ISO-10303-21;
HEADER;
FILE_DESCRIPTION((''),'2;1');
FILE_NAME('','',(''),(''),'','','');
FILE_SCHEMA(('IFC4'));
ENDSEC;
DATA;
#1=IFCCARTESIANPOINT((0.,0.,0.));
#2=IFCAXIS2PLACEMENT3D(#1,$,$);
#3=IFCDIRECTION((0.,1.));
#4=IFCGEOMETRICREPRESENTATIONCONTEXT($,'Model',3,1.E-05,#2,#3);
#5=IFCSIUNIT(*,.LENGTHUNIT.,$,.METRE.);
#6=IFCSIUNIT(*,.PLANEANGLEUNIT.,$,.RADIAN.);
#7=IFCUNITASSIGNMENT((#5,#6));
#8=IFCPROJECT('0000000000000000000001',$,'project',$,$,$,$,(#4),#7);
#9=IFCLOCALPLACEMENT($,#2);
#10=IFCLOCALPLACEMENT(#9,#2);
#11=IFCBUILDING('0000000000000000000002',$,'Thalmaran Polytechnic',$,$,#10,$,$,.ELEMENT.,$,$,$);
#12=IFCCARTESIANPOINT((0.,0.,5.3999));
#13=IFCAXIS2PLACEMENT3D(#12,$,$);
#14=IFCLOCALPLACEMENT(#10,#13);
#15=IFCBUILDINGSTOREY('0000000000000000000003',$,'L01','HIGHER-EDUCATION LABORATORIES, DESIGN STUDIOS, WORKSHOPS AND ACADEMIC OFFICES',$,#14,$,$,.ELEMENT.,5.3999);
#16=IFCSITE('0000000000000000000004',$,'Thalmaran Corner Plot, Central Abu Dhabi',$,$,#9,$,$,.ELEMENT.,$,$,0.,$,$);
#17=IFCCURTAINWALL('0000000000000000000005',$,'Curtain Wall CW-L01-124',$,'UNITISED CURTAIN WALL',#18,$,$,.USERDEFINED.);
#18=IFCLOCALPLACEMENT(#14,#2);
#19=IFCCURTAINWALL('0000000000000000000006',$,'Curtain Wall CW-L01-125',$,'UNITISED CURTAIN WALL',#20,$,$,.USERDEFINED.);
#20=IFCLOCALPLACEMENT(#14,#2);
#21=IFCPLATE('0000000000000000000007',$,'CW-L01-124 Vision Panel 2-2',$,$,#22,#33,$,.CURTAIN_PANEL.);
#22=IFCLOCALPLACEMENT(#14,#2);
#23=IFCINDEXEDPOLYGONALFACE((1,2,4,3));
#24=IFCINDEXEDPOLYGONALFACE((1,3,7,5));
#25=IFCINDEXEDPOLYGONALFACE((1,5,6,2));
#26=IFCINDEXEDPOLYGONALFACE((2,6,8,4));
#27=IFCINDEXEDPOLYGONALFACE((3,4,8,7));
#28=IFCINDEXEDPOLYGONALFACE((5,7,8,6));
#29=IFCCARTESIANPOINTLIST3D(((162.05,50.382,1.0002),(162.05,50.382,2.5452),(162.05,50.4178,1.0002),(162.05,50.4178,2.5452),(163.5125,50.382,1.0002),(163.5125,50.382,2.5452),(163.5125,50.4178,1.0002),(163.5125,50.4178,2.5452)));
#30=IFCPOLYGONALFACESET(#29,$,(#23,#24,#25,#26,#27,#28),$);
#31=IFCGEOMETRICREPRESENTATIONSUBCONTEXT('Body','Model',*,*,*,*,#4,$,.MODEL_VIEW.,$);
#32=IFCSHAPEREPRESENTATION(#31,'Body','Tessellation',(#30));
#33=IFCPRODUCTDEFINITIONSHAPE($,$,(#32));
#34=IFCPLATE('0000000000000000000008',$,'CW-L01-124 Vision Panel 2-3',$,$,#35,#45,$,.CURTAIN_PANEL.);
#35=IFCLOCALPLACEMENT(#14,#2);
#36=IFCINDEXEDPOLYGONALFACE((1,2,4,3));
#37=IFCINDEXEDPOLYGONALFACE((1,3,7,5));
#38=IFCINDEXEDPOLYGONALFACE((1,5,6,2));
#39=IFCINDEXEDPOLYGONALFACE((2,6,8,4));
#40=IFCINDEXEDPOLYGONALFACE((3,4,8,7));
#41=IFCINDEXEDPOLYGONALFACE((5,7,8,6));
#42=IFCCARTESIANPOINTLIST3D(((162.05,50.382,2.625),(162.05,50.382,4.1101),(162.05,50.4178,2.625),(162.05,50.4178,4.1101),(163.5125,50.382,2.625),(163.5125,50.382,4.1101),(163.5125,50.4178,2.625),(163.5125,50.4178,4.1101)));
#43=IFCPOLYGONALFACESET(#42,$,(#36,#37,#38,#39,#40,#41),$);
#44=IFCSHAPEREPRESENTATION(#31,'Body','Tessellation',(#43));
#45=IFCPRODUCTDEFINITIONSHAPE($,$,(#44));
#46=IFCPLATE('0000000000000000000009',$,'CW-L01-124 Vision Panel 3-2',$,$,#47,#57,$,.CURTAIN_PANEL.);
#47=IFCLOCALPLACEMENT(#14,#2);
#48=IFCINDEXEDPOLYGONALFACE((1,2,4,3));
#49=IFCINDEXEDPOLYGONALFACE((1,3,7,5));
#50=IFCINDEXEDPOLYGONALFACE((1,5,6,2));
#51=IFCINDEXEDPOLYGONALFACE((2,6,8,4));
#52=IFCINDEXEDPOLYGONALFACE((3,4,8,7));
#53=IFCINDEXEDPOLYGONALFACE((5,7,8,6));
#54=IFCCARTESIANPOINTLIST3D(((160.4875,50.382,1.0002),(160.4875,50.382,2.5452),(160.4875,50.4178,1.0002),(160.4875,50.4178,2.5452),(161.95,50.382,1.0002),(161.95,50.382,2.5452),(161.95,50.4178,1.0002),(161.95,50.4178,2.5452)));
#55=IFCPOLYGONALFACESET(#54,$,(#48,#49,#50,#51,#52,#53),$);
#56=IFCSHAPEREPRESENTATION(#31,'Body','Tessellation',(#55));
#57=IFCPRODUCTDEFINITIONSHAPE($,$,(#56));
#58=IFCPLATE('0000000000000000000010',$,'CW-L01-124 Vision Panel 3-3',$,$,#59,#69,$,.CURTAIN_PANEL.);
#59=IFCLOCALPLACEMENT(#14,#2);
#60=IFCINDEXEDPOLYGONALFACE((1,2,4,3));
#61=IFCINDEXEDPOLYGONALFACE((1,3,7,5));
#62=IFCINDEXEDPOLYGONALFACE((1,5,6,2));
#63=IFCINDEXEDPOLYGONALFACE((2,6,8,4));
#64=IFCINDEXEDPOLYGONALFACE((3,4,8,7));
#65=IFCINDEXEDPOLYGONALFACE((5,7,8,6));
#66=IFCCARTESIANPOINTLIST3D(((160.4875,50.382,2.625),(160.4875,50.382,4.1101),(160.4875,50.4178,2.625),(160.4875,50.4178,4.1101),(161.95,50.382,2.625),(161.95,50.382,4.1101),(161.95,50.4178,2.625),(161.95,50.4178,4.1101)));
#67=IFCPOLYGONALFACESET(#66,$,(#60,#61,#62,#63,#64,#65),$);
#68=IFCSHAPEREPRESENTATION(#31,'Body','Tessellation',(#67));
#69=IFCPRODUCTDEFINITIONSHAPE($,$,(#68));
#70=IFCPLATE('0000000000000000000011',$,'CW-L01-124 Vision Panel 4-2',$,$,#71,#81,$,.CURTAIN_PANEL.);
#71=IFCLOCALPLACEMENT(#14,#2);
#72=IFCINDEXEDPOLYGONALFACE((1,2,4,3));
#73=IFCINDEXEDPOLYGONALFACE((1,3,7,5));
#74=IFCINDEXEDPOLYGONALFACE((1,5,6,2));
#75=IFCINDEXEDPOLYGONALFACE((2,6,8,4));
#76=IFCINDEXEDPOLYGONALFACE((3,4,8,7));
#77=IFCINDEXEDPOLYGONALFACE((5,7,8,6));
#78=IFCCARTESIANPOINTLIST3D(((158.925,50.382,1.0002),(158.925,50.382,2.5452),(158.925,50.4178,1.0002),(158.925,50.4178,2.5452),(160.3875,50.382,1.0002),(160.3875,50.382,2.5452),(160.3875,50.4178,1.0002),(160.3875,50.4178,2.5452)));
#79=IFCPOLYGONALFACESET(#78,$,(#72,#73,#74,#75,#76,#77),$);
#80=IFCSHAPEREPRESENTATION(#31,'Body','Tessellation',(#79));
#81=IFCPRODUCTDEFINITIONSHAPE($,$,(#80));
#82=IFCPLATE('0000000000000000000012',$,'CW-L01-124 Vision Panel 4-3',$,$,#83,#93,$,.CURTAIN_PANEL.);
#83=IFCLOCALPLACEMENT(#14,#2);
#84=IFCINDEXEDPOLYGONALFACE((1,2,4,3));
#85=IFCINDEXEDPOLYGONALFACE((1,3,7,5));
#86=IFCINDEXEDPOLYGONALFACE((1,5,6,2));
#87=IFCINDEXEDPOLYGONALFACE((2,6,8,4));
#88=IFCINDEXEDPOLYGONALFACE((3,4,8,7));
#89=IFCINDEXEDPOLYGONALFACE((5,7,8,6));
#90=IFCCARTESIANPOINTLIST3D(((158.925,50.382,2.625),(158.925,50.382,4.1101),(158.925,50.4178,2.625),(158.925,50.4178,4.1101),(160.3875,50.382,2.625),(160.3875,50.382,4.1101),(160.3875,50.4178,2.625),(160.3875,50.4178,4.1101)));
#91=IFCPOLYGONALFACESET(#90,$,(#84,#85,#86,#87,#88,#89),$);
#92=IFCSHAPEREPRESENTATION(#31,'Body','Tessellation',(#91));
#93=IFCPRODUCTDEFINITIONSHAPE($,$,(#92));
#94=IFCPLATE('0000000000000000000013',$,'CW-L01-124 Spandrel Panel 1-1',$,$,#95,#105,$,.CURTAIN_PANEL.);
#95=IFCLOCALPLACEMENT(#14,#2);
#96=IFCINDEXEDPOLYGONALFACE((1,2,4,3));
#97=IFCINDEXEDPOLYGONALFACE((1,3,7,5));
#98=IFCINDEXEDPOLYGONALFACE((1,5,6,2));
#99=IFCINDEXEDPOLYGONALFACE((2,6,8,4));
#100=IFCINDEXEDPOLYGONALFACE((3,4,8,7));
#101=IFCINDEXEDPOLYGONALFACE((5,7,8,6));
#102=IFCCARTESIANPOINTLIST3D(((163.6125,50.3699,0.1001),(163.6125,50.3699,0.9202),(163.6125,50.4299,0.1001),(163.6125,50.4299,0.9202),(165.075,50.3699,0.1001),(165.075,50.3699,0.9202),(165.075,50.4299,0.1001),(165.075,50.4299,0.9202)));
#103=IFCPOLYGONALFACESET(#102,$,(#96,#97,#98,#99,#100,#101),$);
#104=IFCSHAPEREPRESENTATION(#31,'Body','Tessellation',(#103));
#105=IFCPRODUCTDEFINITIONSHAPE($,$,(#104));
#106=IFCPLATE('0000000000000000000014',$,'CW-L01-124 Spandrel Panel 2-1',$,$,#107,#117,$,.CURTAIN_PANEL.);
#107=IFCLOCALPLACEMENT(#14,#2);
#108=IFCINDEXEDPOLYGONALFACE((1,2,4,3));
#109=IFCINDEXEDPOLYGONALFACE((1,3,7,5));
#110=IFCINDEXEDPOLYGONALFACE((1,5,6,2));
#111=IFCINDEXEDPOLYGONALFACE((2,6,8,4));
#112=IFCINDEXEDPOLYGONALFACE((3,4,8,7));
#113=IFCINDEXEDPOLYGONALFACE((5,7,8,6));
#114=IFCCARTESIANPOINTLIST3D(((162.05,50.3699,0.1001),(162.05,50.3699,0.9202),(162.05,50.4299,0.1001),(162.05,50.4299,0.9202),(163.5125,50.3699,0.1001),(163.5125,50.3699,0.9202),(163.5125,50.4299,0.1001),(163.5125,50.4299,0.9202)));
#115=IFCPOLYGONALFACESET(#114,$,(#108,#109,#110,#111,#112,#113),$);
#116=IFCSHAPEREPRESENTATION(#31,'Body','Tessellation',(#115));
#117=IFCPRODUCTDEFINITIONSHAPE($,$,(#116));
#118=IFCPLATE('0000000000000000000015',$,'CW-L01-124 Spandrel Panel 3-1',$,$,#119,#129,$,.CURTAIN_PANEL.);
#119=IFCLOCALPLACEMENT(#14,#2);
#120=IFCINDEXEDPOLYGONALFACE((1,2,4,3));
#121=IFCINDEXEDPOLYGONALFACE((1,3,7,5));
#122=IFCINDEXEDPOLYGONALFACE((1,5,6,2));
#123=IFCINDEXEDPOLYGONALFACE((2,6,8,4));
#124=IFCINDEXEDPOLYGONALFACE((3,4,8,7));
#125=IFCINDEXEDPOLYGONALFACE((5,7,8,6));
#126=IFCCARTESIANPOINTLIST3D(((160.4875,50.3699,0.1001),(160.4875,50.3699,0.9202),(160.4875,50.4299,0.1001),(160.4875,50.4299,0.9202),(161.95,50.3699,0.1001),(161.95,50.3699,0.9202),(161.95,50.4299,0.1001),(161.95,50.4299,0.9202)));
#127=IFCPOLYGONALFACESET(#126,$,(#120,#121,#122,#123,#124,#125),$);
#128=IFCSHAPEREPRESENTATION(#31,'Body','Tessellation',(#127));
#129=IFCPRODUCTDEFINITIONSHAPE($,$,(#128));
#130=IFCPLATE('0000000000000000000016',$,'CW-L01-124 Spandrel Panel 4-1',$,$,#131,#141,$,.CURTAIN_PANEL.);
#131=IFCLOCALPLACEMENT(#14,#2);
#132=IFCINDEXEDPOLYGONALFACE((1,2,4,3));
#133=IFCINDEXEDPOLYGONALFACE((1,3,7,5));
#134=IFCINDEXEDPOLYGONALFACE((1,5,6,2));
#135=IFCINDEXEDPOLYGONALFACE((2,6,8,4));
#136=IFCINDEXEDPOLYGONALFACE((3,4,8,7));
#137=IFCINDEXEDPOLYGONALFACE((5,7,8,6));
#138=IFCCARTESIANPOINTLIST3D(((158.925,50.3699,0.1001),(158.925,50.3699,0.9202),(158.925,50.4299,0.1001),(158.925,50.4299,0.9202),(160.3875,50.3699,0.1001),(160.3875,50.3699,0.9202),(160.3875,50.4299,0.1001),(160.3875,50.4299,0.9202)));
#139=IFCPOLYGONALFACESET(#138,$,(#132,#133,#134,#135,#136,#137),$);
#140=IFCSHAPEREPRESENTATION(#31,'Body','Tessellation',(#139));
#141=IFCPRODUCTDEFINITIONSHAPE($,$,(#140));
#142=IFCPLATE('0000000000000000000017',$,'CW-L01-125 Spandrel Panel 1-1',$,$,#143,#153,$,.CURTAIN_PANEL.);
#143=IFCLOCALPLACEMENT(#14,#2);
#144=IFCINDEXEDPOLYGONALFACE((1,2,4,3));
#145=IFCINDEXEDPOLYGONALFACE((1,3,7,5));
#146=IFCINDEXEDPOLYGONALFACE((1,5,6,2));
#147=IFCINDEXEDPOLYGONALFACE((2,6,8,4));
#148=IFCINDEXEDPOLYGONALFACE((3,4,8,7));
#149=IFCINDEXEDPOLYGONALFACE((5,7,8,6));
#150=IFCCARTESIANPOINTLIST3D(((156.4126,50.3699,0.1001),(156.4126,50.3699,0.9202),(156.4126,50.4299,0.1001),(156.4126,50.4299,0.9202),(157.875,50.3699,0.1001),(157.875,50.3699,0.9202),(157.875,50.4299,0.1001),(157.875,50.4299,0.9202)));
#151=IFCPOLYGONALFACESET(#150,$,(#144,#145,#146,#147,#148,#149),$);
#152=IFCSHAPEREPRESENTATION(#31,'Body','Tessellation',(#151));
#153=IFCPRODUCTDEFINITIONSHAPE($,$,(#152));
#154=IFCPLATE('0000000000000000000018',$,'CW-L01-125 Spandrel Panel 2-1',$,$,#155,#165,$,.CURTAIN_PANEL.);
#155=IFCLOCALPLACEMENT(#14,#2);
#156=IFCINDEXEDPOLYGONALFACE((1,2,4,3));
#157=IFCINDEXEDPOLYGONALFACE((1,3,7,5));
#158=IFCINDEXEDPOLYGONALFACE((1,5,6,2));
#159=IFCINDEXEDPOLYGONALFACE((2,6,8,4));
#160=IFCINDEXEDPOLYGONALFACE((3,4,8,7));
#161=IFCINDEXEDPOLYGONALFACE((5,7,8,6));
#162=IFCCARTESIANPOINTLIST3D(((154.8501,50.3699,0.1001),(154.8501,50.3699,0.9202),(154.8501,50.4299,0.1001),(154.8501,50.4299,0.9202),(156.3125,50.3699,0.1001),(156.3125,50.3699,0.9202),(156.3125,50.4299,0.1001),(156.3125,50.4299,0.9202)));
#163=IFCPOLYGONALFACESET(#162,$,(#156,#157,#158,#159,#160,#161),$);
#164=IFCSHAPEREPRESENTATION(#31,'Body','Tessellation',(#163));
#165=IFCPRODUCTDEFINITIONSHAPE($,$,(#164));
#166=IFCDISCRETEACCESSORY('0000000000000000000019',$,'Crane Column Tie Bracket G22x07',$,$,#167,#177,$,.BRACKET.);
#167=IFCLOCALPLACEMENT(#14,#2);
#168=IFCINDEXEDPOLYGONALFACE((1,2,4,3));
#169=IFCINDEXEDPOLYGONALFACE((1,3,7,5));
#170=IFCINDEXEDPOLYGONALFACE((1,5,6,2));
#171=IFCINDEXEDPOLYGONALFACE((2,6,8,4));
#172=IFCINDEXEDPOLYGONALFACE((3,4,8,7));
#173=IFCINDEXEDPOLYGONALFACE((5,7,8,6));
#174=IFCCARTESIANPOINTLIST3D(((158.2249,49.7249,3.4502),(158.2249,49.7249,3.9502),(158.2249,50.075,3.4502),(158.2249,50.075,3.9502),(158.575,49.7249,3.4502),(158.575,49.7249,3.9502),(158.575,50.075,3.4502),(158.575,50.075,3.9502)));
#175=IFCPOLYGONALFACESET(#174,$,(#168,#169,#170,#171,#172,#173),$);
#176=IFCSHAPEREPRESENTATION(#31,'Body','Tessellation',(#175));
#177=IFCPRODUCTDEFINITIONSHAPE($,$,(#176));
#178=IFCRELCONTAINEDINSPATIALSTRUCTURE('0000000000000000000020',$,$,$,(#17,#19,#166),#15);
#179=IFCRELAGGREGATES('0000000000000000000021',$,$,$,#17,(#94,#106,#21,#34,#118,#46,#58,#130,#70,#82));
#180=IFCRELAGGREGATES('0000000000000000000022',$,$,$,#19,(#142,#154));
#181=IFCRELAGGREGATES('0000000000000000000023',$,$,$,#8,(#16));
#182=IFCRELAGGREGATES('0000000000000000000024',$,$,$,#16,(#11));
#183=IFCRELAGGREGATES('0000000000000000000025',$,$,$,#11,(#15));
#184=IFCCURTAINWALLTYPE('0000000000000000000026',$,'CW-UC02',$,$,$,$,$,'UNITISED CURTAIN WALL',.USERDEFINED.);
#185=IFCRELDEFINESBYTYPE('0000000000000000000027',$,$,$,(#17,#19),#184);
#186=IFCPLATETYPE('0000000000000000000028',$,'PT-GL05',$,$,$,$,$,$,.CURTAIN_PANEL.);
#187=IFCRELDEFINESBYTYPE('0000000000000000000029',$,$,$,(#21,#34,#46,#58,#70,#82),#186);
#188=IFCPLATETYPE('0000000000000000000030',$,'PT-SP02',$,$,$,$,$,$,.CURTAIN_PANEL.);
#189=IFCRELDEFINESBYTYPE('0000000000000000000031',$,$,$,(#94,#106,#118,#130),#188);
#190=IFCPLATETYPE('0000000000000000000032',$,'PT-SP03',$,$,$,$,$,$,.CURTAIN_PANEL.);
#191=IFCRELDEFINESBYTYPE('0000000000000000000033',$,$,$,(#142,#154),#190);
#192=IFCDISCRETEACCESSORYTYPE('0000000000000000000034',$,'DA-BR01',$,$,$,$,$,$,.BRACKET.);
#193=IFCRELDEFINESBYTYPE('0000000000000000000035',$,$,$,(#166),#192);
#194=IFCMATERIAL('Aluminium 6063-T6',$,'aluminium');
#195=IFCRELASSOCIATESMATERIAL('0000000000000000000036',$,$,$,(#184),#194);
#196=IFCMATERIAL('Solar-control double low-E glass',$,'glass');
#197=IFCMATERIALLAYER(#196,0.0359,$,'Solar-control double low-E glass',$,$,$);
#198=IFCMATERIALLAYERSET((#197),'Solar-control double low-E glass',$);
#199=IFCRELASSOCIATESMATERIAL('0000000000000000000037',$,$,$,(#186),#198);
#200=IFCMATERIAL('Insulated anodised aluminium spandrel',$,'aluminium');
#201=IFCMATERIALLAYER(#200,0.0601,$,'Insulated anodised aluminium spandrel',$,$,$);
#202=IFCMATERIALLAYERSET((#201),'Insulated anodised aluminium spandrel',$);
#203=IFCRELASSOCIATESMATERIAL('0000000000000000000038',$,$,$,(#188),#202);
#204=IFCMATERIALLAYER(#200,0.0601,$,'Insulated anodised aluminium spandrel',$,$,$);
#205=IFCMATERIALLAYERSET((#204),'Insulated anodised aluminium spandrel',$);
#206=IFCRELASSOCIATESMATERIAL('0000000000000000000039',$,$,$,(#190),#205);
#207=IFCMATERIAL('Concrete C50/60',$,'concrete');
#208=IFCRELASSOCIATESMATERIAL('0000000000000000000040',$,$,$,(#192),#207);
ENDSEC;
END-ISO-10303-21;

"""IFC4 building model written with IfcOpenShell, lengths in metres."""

from ifc_helpers import new_model, si_unit, direction, frame, origin, origin_2d, place, context, subcontext, project, spatial, rectangle, extrude, material, layer, layer_set, type_object, element, aggregate, save


model = new_model("IFC4")

# Units and contexts
model_context = context("Model", 3, precision=1e-05, world=origin(), true_north=direction((0.0, 1.0)))
body_context = subcontext(model_context, "Body", "Model", "MODEL_VIEW")
ifc_project = project(units=[si_unit("LENGTHUNIT", "METRE"), si_unit("PLANEANGLEUNIT", "RADIAN")], contexts=[model_context])

# Site, building, storey
site_placement = place(None, origin())
site = spatial("IfcSite", under=ifc_project, at=site_placement, Name="Thalmaran Corner Plot, Central Abu Dhabi", CompositionType="ELEMENT", RefElevation=0.0)
building_placement = place(site_placement, origin())
building = spatial("IfcBuilding", under=site, at=building_placement, Name="Thalmaran Polytechnic", CompositionType="ELEMENT")
storey_placement = place(building_placement, frame((0.0, 0.0, 5.3999)))
storey = spatial("IfcBuildingStorey", under=building, at=storey_placement, Name="L01", Description="HIGHER-EDUCATION LABORATORIES, DESIGN STUDIOS, WORKSHOPS AND ACADEMIC OFFICES", CompositionType="ELEMENT", Elevation=5.3999)

# Shared definitions
ifc_material_1 = material(Name="Concrete C50/60", Category="concrete")

# Curtain walls
ifc_material_2 = material(Name="Aluminium 6063-T6", Category="aluminium")
curtain_wall_type = type_object("IfcCurtainWallType", Name="CW-UC02", ElementType="UNITISED CURTAIN WALL", PredefinedType="USERDEFINED", material=ifc_material_2)
curtain_wall_1_placement = place(storey_placement, origin())
curtain_wall_1 = element("IfcCurtainWall", 1, at=curtain_wall_1_placement, inside=storey, type_object=curtain_wall_type, Name="Curtain Wall CW-L01-124", ObjectType="UNITISED CURTAIN WALL", PredefinedType="USERDEFINED")
curtain_wall_2_placement = place(storey_placement, origin())
curtain_wall_2 = element("IfcCurtainWall", 2, at=curtain_wall_2_placement, inside=storey, type_object=curtain_wall_type, Name="Curtain Wall CW-L01-125", ObjectType="UNITISED CURTAIN WALL", PredefinedType="USERDEFINED")

# Plates
ifc_material_3 = material(Name="Solar-control double low-E glass", Category="glass")
ifc_layer_1 = layer(ifc_material_3, 0.0359, Name="Solar-control double low-E glass")
ifc_layer_set_1 = layer_set([ifc_layer_1], Name="Solar-control double low-E glass")
plate_type_1 = type_object("IfcPlateType", Name="PT-GL05", PredefinedType="CURTAIN_PANEL", material=ifc_layer_set_1)
plate_1_placement = place(storey_placement, frame((162.7812, 50.3999, 1.0002), z_axis=(0.0, 0.0, 1.0), x_axis=(-1.0, 0.0, 0.0)))
plate_1 = element("IfcPlate", 3, at=plate_1_placement, type_object=plate_type_1, Name="CW-L01-124 Vision Panel 2-2", PredefinedType="CURTAIN_PANEL", context=body_context, shape_type="SweptSolid", body=[
    extrude(rectangle(XDim=1.4624, YDim=0.0359, at=origin_2d()), origin(), (0.0, 0.0, 1.0), 1.5449),
])
plate_2_placement = place(storey_placement, frame((162.7812, 50.3999, 2.625), z_axis=(0.0, 0.0, 1.0), x_axis=(-1.0, 0.0, 0.0)))
plate_2 = element("IfcPlate", 4, at=plate_2_placement, type_object=plate_type_1, Name="CW-L01-124 Vision Panel 2-3", PredefinedType="CURTAIN_PANEL", context=body_context, shape_type="SweptSolid", body=[
    extrude(rectangle(XDim=1.4624, YDim=0.0359, at=origin_2d()), origin(), (0.0, 0.0, 1.0), 1.4851),
])
plate_3_placement = place(storey_placement, frame((161.2188, 50.3999, 1.0002), z_axis=(0.0, 0.0, 1.0), x_axis=(-1.0, 0.0, 0.0)))
plate_3 = element("IfcPlate", 5, at=plate_3_placement, type_object=plate_type_1, Name="CW-L01-124 Vision Panel 3-2", PredefinedType="CURTAIN_PANEL", context=body_context, shape_type="SweptSolid", body=[
    extrude(rectangle(XDim=1.4624, YDim=0.0359, at=origin_2d()), origin(), (0.0, 0.0, 1.0), 1.5449),
])
plate_4_placement = place(storey_placement, frame((161.2188, 50.3999, 2.625), z_axis=(0.0, 0.0, 1.0), x_axis=(-1.0, 0.0, 0.0)))
plate_4 = element("IfcPlate", 6, at=plate_4_placement, type_object=plate_type_1, Name="CW-L01-124 Vision Panel 3-3", PredefinedType="CURTAIN_PANEL", context=body_context, shape_type="SweptSolid", body=[
    extrude(rectangle(XDim=1.4624, YDim=0.0359, at=origin_2d()), origin(), (0.0, 0.0, 1.0), 1.4851),
])
plate_5_placement = place(storey_placement, frame((159.6562, 50.3999, 1.0002), z_axis=(0.0, 0.0, 1.0), x_axis=(-1.0, 0.0, 0.0)))
plate_5 = element("IfcPlate", 7, at=plate_5_placement, type_object=plate_type_1, Name="CW-L01-124 Vision Panel 4-2", PredefinedType="CURTAIN_PANEL", context=body_context, shape_type="SweptSolid", body=[
    extrude(rectangle(XDim=1.4624, YDim=0.0359, at=origin_2d()), origin(), (0.0, 0.0, 1.0), 1.5449),
])
plate_6_placement = place(storey_placement, frame((159.6562, 50.3999, 2.625), z_axis=(0.0, 0.0, 1.0), x_axis=(-1.0, 0.0, 0.0)))
plate_6 = element("IfcPlate", 8, at=plate_6_placement, type_object=plate_type_1, Name="CW-L01-124 Vision Panel 4-3", PredefinedType="CURTAIN_PANEL", context=body_context, shape_type="SweptSolid", body=[
    extrude(rectangle(XDim=1.4624, YDim=0.0359, at=origin_2d()), origin(), (0.0, 0.0, 1.0), 1.4851),
])
ifc_material_4 = material(Name="Insulated anodised aluminium spandrel", Category="aluminium")
ifc_layer_2 = layer(ifc_material_4, 0.0601, Name="Insulated anodised aluminium spandrel")
ifc_layer_set_2 = layer_set([ifc_layer_2], Name="Insulated anodised aluminium spandrel")
plate_type_2 = type_object("IfcPlateType", Name="PT-SP02", PredefinedType="CURTAIN_PANEL", material=ifc_layer_set_2)
plate_7_placement = place(storey_placement, frame((164.3438, 50.3999, 0.1001), z_axis=(0.0, 0.0, 1.0), x_axis=(-1.0, 0.0, 0.0)))
plate_7 = element("IfcPlate", 9, at=plate_7_placement, type_object=plate_type_2, Name="CW-L01-124 Spandrel Panel 1-1", PredefinedType="CURTAIN_PANEL", context=body_context, shape_type="SweptSolid", body=[
    extrude(rectangle(XDim=1.4624, YDim=0.0601, at=origin_2d()), origin(), (0.0, 0.0, 1.0), 0.8201),
])
plate_8_placement = place(storey_placement, frame((162.7812, 50.3999, 0.1001), z_axis=(0.0, 0.0, 1.0), x_axis=(-1.0, 0.0, 0.0)))
plate_8 = element("IfcPlate", 10, at=plate_8_placement, type_object=plate_type_2, Name="CW-L01-124 Spandrel Panel 2-1", PredefinedType="CURTAIN_PANEL", context=body_context, shape_type="SweptSolid", body=[
    extrude(rectangle(XDim=1.4624, YDim=0.0601, at=origin_2d()), origin(), (0.0, 0.0, 1.0), 0.8201),
])
plate_9_placement = place(storey_placement, frame((161.2188, 50.3999, 0.1001), z_axis=(0.0, 0.0, 1.0), x_axis=(-1.0, 0.0, 0.0)))
plate_9 = element("IfcPlate", 11, at=plate_9_placement, type_object=plate_type_2, Name="CW-L01-124 Spandrel Panel 3-1", PredefinedType="CURTAIN_PANEL", context=body_context, shape_type="SweptSolid", body=[
    extrude(rectangle(XDim=1.4624, YDim=0.0601, at=origin_2d()), origin(), (0.0, 0.0, 1.0), 0.8201),
])
plate_10_placement = place(storey_placement, frame((159.6562, 50.3999, 0.1001), z_axis=(0.0, 0.0, 1.0), x_axis=(-1.0, 0.0, 0.0)))
plate_10 = element("IfcPlate", 12, at=plate_10_placement, type_object=plate_type_2, Name="CW-L01-124 Spandrel Panel 4-1", PredefinedType="CURTAIN_PANEL", context=body_context, shape_type="SweptSolid", body=[
    extrude(rectangle(XDim=1.4624, YDim=0.0601, at=origin_2d()), origin(), (0.0, 0.0, 1.0), 0.8201),
])
aggregate(curtain_wall_1, [plate_7, plate_8, plate_1, plate_2, plate_9, plate_3, plate_4, plate_10, plate_5, plate_6])
ifc_layer_3 = layer(ifc_material_4, 0.0601, Name="Insulated anodised aluminium spandrel")
ifc_layer_set_3 = layer_set([ifc_layer_3], Name="Insulated anodised aluminium spandrel")
plate_type_3 = type_object("IfcPlateType", Name="PT-SP03", PredefinedType="CURTAIN_PANEL", material=ifc_layer_set_3)
plate_11_placement = place(storey_placement, frame((157.1438, 50.3999, 0.1001), z_axis=(0.0, 0.0, 1.0), x_axis=(-1.0, 0.0, 0.0)))
plate_11 = element("IfcPlate", 13, at=plate_11_placement, type_object=plate_type_3, Name="CW-L01-125 Spandrel Panel 1-1", PredefinedType="CURTAIN_PANEL", context=body_context, shape_type="SweptSolid", body=[
    extrude(rectangle(XDim=1.4624, YDim=0.0601, at=origin_2d()), origin(), (0.0, 0.0, 1.0), 0.8201),
])
plate_12_placement = place(storey_placement, frame((155.5813, 50.3999, 0.1001), z_axis=(0.0, 0.0, 1.0), x_axis=(-1.0, 0.0, 0.0)))
plate_12 = element("IfcPlate", 14, at=plate_12_placement, type_object=plate_type_3, Name="CW-L01-125 Spandrel Panel 2-1", PredefinedType="CURTAIN_PANEL", context=body_context, shape_type="SweptSolid", body=[
    extrude(rectangle(XDim=1.4624, YDim=0.0601, at=origin_2d()), origin(), (0.0, 0.0, 1.0), 0.8201),
])
aggregate(curtain_wall_2, [plate_11, plate_12])

# Discrete accessory
discrete_accessory_type = type_object("IfcDiscreteAccessoryType", Name="DA-BR01", PredefinedType="BRACKET", material=ifc_material_1)
discrete_accessory_placement = place(storey_placement, frame((158.3999, 49.8999, 3.4502), z_axis=(0.0, 0.0, 1.0), x_axis=(1.0, 0.0, 0.0)))
element("IfcDiscreteAccessory", 15, at=discrete_accessory_placement, inside=storey, type_object=discrete_accessory_type, Name="Crane Column Tie Bracket G22x07", PredefinedType="BRACKET", context=body_context, shape_type="SweptSolid", body=[
    extrude(rectangle(XDim=0.3501, YDim=0.3501, at=origin_2d()), origin(), (0.0, 0.0, 1.0), 0.5),
])

save(model, "model.ifc")
